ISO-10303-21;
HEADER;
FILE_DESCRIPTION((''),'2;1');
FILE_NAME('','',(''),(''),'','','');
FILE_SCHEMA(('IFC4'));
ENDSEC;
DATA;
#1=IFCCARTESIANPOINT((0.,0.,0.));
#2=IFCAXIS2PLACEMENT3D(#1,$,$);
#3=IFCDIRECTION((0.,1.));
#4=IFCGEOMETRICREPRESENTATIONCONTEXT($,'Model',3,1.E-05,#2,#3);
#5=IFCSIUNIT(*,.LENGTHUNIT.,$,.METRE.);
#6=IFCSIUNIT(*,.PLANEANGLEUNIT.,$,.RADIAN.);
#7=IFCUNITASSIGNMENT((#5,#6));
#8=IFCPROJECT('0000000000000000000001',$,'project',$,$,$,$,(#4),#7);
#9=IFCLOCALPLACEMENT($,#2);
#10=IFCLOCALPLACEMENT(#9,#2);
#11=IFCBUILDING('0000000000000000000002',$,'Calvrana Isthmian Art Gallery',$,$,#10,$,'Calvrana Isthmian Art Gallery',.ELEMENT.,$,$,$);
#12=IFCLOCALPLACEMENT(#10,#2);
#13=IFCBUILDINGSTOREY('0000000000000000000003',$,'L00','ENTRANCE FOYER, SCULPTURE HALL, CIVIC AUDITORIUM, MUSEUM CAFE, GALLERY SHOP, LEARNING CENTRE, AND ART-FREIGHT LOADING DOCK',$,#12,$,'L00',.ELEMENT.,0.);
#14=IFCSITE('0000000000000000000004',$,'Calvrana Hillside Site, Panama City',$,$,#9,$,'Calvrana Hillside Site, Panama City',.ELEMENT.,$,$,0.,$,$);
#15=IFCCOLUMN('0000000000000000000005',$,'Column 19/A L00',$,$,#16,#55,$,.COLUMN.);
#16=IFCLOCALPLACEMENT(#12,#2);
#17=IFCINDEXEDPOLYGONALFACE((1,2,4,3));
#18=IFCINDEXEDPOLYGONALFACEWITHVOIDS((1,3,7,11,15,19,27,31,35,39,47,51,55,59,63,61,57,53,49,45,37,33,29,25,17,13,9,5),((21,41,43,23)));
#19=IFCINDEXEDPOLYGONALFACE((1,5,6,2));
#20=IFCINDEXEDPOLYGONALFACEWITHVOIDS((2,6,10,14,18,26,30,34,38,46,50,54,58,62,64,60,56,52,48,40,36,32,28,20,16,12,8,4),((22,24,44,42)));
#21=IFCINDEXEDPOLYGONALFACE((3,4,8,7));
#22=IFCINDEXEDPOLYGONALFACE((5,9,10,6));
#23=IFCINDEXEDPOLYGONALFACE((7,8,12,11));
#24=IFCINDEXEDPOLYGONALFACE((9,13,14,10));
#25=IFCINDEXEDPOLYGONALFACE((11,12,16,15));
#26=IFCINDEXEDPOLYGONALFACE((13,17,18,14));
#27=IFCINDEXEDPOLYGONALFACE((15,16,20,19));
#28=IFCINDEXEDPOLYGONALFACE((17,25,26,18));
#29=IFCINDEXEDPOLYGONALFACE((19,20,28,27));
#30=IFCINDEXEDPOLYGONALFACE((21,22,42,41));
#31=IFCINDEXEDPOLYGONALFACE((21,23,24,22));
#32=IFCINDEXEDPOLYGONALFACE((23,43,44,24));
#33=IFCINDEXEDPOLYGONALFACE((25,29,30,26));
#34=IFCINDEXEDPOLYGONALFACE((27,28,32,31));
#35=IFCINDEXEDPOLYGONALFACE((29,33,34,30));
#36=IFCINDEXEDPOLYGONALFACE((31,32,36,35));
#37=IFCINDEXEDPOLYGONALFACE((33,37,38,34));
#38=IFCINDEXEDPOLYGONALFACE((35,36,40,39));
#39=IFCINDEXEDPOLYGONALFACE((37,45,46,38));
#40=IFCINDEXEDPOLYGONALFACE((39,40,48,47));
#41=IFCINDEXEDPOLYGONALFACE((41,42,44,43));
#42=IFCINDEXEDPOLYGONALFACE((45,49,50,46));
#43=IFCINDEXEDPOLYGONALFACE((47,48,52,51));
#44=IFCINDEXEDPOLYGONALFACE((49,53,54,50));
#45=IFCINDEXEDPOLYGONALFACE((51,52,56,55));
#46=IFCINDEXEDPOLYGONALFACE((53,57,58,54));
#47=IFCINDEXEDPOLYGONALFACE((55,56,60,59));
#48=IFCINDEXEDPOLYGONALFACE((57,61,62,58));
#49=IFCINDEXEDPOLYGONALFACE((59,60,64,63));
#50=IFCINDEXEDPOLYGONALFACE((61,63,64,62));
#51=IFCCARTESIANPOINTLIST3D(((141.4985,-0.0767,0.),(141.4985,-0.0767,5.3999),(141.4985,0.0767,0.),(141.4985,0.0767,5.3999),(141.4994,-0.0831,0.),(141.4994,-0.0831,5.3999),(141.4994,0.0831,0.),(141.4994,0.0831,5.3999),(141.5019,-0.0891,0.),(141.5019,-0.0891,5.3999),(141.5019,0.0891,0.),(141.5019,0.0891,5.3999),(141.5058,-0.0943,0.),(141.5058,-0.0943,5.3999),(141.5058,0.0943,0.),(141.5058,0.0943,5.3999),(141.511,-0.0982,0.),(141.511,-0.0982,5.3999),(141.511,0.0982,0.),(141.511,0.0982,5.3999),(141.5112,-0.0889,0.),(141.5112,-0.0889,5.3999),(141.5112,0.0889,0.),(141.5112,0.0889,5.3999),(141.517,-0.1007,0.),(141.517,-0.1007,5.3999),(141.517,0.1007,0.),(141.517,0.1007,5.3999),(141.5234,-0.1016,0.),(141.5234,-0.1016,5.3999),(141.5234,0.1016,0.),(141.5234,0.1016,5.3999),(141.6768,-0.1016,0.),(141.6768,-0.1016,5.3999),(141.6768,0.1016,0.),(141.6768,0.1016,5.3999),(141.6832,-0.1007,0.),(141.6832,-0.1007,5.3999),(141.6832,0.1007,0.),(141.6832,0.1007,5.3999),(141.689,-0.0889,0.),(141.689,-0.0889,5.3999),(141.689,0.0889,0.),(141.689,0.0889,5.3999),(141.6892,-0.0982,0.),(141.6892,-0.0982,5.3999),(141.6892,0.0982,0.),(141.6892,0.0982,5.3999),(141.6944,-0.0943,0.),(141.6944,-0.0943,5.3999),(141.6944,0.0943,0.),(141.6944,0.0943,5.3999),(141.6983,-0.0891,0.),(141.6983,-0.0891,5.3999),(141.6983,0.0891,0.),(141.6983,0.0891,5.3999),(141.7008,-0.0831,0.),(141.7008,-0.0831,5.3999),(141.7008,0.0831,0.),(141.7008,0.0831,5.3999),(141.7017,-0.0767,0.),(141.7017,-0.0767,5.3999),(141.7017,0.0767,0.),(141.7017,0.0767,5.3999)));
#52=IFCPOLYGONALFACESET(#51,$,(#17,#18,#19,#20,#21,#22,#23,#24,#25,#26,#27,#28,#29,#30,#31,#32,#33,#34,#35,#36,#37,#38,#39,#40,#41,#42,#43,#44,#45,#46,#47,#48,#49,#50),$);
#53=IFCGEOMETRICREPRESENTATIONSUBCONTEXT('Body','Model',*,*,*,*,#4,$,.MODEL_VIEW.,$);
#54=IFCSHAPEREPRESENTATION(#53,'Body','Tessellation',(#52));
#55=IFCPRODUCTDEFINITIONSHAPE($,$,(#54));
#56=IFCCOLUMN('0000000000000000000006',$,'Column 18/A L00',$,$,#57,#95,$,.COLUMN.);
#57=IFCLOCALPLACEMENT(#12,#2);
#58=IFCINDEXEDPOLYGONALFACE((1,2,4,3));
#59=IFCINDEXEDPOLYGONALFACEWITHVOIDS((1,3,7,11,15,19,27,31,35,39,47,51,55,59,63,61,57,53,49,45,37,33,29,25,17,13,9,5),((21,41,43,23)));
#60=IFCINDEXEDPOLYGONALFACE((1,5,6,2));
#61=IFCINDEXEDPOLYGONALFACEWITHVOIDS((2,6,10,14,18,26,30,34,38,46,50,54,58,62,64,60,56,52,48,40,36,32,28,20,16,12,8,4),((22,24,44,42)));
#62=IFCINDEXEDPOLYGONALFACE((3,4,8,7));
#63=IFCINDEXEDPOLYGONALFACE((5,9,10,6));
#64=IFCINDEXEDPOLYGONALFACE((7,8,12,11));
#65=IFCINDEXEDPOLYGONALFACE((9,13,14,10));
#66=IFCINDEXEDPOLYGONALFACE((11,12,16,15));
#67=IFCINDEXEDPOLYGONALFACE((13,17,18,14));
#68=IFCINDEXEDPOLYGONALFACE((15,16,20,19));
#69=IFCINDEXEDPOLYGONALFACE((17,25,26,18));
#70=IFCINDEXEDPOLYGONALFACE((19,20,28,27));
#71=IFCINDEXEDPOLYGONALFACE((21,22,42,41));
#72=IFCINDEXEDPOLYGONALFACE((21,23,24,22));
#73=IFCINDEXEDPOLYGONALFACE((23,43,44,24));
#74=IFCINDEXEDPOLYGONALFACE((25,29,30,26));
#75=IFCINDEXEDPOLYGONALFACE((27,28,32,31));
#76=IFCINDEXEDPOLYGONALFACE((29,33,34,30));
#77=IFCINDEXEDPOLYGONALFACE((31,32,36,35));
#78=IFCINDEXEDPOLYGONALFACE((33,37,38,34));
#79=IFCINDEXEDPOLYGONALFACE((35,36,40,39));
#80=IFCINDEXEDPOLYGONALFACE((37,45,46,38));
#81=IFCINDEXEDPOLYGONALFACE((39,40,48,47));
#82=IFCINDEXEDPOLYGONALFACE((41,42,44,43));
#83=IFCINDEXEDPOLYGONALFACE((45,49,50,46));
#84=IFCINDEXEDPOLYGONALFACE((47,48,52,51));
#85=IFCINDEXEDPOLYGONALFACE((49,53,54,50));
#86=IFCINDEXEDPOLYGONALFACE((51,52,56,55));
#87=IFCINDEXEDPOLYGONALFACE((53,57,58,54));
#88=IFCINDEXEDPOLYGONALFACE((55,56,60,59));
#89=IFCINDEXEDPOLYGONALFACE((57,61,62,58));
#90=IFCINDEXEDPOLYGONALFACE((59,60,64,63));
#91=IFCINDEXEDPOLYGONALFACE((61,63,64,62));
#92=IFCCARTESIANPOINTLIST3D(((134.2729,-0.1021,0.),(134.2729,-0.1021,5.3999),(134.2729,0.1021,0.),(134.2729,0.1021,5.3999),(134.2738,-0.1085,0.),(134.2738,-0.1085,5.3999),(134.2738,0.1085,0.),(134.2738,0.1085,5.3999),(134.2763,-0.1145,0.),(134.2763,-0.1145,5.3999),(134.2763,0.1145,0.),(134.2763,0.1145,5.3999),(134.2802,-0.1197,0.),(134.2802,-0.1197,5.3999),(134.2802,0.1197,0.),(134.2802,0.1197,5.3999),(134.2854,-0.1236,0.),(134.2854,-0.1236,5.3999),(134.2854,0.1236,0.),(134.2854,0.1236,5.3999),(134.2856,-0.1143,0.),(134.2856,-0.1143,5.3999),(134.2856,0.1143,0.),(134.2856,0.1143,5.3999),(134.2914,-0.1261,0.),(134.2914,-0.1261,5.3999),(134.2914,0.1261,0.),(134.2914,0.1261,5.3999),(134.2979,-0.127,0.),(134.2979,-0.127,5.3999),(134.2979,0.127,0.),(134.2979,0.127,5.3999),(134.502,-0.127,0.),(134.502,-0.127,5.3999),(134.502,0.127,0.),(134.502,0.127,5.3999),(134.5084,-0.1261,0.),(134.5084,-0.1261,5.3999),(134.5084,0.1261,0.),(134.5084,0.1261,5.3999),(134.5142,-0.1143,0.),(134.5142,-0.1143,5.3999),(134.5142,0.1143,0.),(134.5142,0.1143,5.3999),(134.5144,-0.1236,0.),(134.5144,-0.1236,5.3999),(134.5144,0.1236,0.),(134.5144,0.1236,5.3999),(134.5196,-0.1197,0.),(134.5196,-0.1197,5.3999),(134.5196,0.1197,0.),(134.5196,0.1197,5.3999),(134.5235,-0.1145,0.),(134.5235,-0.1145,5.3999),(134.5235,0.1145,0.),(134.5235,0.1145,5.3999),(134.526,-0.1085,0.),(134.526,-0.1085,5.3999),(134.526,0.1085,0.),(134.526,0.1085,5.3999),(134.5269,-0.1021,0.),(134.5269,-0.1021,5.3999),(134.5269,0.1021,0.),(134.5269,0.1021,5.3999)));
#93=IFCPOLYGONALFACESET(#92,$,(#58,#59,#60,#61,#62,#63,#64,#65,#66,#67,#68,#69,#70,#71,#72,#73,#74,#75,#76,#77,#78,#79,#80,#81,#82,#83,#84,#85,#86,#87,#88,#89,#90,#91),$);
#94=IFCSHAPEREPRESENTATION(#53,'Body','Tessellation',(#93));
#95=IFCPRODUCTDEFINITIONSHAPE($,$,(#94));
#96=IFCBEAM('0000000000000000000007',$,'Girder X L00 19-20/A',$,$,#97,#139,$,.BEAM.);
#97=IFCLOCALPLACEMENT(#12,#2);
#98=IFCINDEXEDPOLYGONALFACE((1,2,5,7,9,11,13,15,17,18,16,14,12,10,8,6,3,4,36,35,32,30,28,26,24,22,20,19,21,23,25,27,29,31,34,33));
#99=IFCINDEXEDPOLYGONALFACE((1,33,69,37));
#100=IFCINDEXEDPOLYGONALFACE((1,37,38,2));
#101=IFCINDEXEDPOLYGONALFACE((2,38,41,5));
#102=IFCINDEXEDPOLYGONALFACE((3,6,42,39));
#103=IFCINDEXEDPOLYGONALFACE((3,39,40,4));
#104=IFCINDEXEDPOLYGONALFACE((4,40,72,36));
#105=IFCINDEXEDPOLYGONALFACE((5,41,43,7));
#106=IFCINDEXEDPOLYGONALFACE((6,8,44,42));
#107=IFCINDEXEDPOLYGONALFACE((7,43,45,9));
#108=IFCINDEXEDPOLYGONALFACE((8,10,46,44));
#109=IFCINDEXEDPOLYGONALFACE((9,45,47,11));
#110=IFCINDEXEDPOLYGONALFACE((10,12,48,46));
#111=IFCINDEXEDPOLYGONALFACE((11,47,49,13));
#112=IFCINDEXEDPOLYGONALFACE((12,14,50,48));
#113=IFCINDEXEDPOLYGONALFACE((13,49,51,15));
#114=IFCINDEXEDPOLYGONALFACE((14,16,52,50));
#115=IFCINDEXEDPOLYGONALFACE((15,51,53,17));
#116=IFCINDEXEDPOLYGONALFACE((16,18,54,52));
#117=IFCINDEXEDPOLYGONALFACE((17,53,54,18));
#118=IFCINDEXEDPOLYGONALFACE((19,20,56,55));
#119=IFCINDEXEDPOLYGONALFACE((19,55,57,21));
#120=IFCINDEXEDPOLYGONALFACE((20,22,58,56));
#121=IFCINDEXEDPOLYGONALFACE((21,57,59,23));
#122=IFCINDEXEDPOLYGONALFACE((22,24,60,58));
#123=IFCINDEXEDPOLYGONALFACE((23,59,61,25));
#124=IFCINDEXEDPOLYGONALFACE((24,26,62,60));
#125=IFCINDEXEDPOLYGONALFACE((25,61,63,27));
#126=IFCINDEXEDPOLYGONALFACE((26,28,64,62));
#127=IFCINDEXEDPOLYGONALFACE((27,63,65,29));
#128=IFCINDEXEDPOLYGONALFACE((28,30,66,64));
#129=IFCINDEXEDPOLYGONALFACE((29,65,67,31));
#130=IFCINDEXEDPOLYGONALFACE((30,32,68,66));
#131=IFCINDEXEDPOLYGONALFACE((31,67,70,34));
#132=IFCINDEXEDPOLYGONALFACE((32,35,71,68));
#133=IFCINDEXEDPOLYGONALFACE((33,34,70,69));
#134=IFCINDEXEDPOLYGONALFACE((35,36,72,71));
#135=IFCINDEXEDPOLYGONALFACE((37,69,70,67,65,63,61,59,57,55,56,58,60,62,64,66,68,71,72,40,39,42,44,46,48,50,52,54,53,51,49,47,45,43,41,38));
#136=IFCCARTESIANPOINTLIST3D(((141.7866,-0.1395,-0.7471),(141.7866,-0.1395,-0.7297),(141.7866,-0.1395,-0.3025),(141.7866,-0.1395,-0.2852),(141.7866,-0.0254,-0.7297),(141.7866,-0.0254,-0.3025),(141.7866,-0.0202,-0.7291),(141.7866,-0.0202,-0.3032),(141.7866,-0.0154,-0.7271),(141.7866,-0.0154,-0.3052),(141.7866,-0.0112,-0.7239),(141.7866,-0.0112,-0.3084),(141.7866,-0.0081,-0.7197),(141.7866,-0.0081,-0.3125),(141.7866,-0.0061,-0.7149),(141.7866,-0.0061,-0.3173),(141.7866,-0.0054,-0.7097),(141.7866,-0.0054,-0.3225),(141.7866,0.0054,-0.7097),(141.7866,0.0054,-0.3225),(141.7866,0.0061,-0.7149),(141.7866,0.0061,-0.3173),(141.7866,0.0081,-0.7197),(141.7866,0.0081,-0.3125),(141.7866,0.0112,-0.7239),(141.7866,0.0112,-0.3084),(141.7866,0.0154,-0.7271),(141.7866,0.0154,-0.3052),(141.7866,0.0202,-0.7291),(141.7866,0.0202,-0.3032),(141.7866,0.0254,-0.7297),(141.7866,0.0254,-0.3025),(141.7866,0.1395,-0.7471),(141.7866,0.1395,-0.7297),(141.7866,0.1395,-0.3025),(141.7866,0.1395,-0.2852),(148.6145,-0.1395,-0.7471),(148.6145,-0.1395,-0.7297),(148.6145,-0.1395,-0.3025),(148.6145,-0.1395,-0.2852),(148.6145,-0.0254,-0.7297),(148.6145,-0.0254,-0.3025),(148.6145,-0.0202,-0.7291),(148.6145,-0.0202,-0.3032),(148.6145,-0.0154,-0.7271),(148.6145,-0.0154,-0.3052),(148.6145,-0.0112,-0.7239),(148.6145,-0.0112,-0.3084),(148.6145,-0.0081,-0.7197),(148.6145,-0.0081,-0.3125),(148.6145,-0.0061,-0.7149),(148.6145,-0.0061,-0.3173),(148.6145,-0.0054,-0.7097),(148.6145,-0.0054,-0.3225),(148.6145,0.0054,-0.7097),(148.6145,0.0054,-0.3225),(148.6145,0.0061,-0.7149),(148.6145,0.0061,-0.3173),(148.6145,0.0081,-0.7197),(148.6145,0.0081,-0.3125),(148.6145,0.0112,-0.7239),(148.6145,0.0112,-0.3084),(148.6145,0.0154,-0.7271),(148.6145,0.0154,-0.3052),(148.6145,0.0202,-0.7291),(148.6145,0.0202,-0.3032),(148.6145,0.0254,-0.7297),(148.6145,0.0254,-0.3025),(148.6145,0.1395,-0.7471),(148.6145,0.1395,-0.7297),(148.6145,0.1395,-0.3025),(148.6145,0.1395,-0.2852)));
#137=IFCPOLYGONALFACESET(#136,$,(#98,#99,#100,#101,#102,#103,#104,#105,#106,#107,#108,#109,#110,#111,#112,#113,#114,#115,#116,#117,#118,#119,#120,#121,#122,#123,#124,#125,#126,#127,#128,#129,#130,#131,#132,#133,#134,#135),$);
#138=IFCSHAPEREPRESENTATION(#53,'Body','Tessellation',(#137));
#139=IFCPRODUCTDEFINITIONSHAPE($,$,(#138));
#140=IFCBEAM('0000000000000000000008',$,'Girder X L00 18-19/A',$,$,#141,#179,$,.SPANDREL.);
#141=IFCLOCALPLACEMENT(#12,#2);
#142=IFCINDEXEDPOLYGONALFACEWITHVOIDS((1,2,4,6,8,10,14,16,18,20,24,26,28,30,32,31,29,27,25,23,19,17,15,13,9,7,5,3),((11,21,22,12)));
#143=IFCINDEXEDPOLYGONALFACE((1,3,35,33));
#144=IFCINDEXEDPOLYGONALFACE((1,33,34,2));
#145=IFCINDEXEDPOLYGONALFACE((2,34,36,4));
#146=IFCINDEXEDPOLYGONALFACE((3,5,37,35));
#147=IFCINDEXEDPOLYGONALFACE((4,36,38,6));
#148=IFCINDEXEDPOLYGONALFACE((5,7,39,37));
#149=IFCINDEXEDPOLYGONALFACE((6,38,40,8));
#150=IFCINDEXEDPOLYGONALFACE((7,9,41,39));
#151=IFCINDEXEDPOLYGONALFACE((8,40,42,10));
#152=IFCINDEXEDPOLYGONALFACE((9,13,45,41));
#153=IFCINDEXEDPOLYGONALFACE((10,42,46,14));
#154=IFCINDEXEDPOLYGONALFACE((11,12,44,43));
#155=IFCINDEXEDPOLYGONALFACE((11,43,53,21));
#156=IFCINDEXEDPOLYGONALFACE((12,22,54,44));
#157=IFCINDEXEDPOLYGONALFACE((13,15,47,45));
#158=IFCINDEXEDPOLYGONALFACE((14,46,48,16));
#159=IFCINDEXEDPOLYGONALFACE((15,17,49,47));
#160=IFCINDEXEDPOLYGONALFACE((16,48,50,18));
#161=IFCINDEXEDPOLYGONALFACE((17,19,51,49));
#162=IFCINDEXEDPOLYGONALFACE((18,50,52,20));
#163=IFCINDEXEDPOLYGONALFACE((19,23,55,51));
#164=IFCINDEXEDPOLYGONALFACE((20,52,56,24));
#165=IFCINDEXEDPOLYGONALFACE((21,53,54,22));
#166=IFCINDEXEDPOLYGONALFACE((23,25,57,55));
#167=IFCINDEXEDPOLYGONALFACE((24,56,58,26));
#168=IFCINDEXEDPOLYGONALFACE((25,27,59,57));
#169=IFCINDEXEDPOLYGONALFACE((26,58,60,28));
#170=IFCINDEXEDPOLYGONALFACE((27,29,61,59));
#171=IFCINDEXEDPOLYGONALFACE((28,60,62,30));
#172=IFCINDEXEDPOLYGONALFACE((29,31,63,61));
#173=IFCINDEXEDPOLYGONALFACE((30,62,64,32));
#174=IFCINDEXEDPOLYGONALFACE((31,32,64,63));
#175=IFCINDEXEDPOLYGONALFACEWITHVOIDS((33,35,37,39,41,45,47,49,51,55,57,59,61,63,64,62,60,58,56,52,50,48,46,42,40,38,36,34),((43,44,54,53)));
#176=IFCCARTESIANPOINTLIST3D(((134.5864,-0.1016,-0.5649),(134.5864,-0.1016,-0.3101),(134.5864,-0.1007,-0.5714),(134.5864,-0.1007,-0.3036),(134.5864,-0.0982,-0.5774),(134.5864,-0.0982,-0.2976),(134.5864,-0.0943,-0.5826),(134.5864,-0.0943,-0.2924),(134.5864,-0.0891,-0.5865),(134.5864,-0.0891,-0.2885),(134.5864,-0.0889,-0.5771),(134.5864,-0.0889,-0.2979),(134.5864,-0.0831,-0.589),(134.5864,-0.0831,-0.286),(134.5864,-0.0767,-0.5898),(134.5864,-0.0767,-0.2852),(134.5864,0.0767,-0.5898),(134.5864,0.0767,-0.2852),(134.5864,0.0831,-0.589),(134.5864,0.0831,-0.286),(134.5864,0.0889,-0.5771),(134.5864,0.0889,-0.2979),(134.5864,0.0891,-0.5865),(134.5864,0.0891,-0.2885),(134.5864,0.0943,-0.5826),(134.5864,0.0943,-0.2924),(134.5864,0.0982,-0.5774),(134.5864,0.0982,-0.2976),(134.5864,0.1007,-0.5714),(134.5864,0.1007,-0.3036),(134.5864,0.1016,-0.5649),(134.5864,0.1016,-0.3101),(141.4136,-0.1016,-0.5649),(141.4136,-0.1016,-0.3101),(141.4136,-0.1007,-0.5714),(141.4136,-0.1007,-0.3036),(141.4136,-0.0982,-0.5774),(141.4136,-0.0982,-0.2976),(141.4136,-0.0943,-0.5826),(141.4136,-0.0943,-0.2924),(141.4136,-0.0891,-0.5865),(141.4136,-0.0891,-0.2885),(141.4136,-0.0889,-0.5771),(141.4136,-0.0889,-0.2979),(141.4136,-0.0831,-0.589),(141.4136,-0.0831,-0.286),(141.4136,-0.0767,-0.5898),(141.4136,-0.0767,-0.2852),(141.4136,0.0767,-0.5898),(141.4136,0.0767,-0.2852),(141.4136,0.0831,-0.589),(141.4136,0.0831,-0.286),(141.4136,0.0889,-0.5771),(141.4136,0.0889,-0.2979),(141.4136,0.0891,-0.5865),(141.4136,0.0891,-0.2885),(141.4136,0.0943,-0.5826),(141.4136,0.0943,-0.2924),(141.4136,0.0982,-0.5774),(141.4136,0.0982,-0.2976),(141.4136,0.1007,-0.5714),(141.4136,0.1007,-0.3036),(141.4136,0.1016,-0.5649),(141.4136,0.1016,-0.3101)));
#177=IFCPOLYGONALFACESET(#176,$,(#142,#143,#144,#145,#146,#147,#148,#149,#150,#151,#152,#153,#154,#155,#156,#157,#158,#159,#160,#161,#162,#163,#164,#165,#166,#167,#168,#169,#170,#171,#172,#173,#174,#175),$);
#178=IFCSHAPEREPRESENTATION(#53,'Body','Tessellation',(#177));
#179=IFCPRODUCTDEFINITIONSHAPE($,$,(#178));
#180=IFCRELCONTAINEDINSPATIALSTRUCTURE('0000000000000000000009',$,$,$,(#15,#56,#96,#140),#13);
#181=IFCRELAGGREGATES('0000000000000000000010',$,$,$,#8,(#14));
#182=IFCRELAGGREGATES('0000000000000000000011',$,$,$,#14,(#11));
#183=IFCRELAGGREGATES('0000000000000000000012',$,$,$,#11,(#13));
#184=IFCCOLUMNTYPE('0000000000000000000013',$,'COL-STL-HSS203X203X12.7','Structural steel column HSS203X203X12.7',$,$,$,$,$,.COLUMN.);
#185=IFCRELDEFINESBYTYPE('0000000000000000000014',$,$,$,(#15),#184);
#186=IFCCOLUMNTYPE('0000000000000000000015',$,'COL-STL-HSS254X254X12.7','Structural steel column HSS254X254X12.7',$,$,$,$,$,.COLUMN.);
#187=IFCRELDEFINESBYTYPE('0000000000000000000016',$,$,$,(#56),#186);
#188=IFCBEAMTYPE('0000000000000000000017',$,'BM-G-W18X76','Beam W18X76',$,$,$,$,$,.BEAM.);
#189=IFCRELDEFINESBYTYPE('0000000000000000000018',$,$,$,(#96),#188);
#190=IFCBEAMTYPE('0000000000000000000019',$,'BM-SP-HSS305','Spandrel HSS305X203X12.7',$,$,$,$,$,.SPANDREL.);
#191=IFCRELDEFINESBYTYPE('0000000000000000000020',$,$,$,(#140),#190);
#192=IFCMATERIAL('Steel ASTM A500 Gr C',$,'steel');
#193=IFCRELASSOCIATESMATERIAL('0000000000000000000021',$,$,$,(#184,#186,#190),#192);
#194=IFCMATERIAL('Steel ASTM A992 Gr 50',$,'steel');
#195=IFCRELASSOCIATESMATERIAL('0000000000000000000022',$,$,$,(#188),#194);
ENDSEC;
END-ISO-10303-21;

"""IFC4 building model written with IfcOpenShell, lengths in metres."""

from ifc_helpers import new_model, si_unit, direction, frame, origin, origin_2d, place, context, subcontext, project, spatial, hollow_rectangle, i_section, extrude, material, material_profile, profile_set, type_object, element, save


model = new_model("IFC4")

# Units and contexts
model_context = context("Model", 3, precision=1e-05, world=origin(), true_north=direction((0.0, 1.0)))
body_context = subcontext(model_context, "Body", "Model", "MODEL_VIEW")
ifc_project = project(units=[si_unit("LENGTHUNIT", "METRE"), si_unit("PLANEANGLEUNIT", "RADIAN")], contexts=[model_context])

# Site, building, storey
site_placement = place(None, origin())
site = spatial("IfcSite", under=ifc_project, at=site_placement, Name="Calvrana Hillside Site, Panama City", LongName="Calvrana Hillside Site, Panama City", CompositionType="ELEMENT", RefElevation=0.0)
building_placement = place(site_placement, origin())
building = spatial("IfcBuilding", under=site, at=building_placement, Name="Calvrana Isthmian Art Gallery", LongName="Calvrana Isthmian Art Gallery", CompositionType="ELEMENT")
storey_placement = place(building_placement, origin())
storey = spatial("IfcBuildingStorey", under=building, at=storey_placement, Name="L00", Description="ENTRANCE FOYER, SCULPTURE HALL, CIVIC AUDITORIUM, MUSEUM CAFE, GALLERY SHOP, LEARNING CENTRE, AND ART-FREIGHT LOADING DOCK", LongName="L00", CompositionType="ELEMENT", Elevation=0.0)

# Columns
ifc_material_1 = material(Name="Steel ASTM A500 Gr C", Category="steel")
ifc_material_profile_1 = material_profile(ifc_material_1, hollow_rectangle(XDim=0.2031, YDim=0.2031, WallThickness=0.0127, OuterFilletRadius=0.0249, at=origin_2d()), Name="HSS203X203X12.7")
ifc_profile_set_1 = profile_set([ifc_material_profile_1], Name="Steel ASTM A500 Gr C")
column_type_1 = type_object("IfcColumnType", Name="COL-STL-HSS203X203X12.7", Description="Structural steel column HSS203X203X12.7", PredefinedType="COLUMN", material=ifc_profile_set_1)
column_1_placement = place(storey_placement, frame((141.6001, 0.0, 0.0), z_axis=(0.0, 0.0, 1.0), x_axis=(1.0, 0.0, 0.0)))
element("IfcColumn", 1, at=column_1_placement, inside=storey, type_object=column_type_1, Name="Column 19/A L00", PredefinedType="COLUMN", context=body_context, shape_type="SweptSolid", body=[
    extrude(hollow_rectangle(XDim=0.2031, YDim=0.2031, WallThickness=0.0127, OuterFilletRadius=0.0249, at=origin_2d()), origin(), (0.0, 0.0, 1.0), 5.3999),
])
ifc_material_profile_2 = material_profile(ifc_material_1, hollow_rectangle(XDim=0.2539, YDim=0.2539, WallThickness=0.0127, OuterFilletRadius=0.0249, at=origin_2d()), Name="HSS254X254X12.7")
ifc_profile_set_2 = profile_set([ifc_material_profile_2], Name="Steel ASTM A500 Gr C")
column_type_2 = type_object("IfcColumnType", Name="COL-STL-HSS254X254X12.7", Description="Structural steel column HSS254X254X12.7", PredefinedType="COLUMN", material=ifc_profile_set_2)
column_2_placement = place(storey_placement, frame((134.3999, 0.0, 0.0), z_axis=(0.0, 0.0, 1.0), x_axis=(1.0, 0.0, 0.0)))
element("IfcColumn", 2, at=column_2_placement, inside=storey, type_object=column_type_2, Name="Column 18/A L00", PredefinedType="COLUMN", context=body_context, shape_type="SweptSolid", body=[
    extrude(hollow_rectangle(XDim=0.2539, YDim=0.2539, WallThickness=0.0127, OuterFilletRadius=0.0249, at=origin_2d()), origin(), (0.0, 0.0, 1.0), 5.3999),
])

# Beams
ifc_material_2 = material(Name="Steel ASTM A992 Gr 50", Category="steel")
ifc_material_profile_3 = material_profile(ifc_material_2, i_section(OverallWidth=0.2791, OverallDepth=0.4619, WebThickness=0.0107, FlangeThickness=0.0173, FilletRadius=0.02, at=origin_2d()), Name="W18X76")
ifc_profile_set_3 = profile_set([ifc_material_profile_3], Name="Steel ASTM A992 Gr 50")
beam_type_1 = type_object("IfcBeamType", Name="BM-G-W18X76", Description="Beam W18X76", PredefinedType="BEAM", material=ifc_profile_set_3)
beam_1_placement = place(storey_placement, frame((141.7866, 0.0, -0.5161), z_axis=(1.0, 0.0, 0.0), x_axis=(0.0, 1.0, 0.0)))
element("IfcBeam", 3, at=beam_1_placement, inside=storey, type_object=beam_type_1, Name="Girder X L00 19-20/A", PredefinedType="BEAM", context=body_context, shape_type="SweptSolid", body=[
    extrude(i_section(OverallWidth=0.2791, OverallDepth=0.4619, WebThickness=0.0107, FlangeThickness=0.0173, FilletRadius=0.02, at=origin_2d()), origin(), (0.0, 0.0, 1.0), 6.8279),
])
ifc_material_profile_4 = material_profile(ifc_material_1, hollow_rectangle(XDim=0.2031, YDim=0.3047, WallThickness=0.0127, OuterFilletRadius=0.0249, at=origin_2d()), Name="HSS305X203X12.7")
ifc_profile_set_4 = profile_set([ifc_material_profile_4], Name="Steel ASTM A500 Gr C")
beam_type_2 = type_object("IfcBeamType", Name="BM-SP-HSS305", Description="Spandrel HSS305X203X12.7", PredefinedType="SPANDREL", material=ifc_profile_set_4)
beam_2_placement = place(storey_placement, frame((134.5864, 0.0, -0.4375), z_axis=(1.0, 0.0, 0.0), x_axis=(0.0, 1.0, 0.0)))
element("IfcBeam", 4, at=beam_2_placement, inside=storey, type_object=beam_type_2, Name="Girder X L00 18-19/A", PredefinedType="SPANDREL", context=body_context, shape_type="SweptSolid", body=[
    extrude(hollow_rectangle(XDim=0.2031, YDim=0.3047, WallThickness=0.0127, OuterFilletRadius=0.0249, at=origin_2d()), origin(), (0.0, 0.0, 1.0), 6.8271),
])

save(model, "model.ifc")
